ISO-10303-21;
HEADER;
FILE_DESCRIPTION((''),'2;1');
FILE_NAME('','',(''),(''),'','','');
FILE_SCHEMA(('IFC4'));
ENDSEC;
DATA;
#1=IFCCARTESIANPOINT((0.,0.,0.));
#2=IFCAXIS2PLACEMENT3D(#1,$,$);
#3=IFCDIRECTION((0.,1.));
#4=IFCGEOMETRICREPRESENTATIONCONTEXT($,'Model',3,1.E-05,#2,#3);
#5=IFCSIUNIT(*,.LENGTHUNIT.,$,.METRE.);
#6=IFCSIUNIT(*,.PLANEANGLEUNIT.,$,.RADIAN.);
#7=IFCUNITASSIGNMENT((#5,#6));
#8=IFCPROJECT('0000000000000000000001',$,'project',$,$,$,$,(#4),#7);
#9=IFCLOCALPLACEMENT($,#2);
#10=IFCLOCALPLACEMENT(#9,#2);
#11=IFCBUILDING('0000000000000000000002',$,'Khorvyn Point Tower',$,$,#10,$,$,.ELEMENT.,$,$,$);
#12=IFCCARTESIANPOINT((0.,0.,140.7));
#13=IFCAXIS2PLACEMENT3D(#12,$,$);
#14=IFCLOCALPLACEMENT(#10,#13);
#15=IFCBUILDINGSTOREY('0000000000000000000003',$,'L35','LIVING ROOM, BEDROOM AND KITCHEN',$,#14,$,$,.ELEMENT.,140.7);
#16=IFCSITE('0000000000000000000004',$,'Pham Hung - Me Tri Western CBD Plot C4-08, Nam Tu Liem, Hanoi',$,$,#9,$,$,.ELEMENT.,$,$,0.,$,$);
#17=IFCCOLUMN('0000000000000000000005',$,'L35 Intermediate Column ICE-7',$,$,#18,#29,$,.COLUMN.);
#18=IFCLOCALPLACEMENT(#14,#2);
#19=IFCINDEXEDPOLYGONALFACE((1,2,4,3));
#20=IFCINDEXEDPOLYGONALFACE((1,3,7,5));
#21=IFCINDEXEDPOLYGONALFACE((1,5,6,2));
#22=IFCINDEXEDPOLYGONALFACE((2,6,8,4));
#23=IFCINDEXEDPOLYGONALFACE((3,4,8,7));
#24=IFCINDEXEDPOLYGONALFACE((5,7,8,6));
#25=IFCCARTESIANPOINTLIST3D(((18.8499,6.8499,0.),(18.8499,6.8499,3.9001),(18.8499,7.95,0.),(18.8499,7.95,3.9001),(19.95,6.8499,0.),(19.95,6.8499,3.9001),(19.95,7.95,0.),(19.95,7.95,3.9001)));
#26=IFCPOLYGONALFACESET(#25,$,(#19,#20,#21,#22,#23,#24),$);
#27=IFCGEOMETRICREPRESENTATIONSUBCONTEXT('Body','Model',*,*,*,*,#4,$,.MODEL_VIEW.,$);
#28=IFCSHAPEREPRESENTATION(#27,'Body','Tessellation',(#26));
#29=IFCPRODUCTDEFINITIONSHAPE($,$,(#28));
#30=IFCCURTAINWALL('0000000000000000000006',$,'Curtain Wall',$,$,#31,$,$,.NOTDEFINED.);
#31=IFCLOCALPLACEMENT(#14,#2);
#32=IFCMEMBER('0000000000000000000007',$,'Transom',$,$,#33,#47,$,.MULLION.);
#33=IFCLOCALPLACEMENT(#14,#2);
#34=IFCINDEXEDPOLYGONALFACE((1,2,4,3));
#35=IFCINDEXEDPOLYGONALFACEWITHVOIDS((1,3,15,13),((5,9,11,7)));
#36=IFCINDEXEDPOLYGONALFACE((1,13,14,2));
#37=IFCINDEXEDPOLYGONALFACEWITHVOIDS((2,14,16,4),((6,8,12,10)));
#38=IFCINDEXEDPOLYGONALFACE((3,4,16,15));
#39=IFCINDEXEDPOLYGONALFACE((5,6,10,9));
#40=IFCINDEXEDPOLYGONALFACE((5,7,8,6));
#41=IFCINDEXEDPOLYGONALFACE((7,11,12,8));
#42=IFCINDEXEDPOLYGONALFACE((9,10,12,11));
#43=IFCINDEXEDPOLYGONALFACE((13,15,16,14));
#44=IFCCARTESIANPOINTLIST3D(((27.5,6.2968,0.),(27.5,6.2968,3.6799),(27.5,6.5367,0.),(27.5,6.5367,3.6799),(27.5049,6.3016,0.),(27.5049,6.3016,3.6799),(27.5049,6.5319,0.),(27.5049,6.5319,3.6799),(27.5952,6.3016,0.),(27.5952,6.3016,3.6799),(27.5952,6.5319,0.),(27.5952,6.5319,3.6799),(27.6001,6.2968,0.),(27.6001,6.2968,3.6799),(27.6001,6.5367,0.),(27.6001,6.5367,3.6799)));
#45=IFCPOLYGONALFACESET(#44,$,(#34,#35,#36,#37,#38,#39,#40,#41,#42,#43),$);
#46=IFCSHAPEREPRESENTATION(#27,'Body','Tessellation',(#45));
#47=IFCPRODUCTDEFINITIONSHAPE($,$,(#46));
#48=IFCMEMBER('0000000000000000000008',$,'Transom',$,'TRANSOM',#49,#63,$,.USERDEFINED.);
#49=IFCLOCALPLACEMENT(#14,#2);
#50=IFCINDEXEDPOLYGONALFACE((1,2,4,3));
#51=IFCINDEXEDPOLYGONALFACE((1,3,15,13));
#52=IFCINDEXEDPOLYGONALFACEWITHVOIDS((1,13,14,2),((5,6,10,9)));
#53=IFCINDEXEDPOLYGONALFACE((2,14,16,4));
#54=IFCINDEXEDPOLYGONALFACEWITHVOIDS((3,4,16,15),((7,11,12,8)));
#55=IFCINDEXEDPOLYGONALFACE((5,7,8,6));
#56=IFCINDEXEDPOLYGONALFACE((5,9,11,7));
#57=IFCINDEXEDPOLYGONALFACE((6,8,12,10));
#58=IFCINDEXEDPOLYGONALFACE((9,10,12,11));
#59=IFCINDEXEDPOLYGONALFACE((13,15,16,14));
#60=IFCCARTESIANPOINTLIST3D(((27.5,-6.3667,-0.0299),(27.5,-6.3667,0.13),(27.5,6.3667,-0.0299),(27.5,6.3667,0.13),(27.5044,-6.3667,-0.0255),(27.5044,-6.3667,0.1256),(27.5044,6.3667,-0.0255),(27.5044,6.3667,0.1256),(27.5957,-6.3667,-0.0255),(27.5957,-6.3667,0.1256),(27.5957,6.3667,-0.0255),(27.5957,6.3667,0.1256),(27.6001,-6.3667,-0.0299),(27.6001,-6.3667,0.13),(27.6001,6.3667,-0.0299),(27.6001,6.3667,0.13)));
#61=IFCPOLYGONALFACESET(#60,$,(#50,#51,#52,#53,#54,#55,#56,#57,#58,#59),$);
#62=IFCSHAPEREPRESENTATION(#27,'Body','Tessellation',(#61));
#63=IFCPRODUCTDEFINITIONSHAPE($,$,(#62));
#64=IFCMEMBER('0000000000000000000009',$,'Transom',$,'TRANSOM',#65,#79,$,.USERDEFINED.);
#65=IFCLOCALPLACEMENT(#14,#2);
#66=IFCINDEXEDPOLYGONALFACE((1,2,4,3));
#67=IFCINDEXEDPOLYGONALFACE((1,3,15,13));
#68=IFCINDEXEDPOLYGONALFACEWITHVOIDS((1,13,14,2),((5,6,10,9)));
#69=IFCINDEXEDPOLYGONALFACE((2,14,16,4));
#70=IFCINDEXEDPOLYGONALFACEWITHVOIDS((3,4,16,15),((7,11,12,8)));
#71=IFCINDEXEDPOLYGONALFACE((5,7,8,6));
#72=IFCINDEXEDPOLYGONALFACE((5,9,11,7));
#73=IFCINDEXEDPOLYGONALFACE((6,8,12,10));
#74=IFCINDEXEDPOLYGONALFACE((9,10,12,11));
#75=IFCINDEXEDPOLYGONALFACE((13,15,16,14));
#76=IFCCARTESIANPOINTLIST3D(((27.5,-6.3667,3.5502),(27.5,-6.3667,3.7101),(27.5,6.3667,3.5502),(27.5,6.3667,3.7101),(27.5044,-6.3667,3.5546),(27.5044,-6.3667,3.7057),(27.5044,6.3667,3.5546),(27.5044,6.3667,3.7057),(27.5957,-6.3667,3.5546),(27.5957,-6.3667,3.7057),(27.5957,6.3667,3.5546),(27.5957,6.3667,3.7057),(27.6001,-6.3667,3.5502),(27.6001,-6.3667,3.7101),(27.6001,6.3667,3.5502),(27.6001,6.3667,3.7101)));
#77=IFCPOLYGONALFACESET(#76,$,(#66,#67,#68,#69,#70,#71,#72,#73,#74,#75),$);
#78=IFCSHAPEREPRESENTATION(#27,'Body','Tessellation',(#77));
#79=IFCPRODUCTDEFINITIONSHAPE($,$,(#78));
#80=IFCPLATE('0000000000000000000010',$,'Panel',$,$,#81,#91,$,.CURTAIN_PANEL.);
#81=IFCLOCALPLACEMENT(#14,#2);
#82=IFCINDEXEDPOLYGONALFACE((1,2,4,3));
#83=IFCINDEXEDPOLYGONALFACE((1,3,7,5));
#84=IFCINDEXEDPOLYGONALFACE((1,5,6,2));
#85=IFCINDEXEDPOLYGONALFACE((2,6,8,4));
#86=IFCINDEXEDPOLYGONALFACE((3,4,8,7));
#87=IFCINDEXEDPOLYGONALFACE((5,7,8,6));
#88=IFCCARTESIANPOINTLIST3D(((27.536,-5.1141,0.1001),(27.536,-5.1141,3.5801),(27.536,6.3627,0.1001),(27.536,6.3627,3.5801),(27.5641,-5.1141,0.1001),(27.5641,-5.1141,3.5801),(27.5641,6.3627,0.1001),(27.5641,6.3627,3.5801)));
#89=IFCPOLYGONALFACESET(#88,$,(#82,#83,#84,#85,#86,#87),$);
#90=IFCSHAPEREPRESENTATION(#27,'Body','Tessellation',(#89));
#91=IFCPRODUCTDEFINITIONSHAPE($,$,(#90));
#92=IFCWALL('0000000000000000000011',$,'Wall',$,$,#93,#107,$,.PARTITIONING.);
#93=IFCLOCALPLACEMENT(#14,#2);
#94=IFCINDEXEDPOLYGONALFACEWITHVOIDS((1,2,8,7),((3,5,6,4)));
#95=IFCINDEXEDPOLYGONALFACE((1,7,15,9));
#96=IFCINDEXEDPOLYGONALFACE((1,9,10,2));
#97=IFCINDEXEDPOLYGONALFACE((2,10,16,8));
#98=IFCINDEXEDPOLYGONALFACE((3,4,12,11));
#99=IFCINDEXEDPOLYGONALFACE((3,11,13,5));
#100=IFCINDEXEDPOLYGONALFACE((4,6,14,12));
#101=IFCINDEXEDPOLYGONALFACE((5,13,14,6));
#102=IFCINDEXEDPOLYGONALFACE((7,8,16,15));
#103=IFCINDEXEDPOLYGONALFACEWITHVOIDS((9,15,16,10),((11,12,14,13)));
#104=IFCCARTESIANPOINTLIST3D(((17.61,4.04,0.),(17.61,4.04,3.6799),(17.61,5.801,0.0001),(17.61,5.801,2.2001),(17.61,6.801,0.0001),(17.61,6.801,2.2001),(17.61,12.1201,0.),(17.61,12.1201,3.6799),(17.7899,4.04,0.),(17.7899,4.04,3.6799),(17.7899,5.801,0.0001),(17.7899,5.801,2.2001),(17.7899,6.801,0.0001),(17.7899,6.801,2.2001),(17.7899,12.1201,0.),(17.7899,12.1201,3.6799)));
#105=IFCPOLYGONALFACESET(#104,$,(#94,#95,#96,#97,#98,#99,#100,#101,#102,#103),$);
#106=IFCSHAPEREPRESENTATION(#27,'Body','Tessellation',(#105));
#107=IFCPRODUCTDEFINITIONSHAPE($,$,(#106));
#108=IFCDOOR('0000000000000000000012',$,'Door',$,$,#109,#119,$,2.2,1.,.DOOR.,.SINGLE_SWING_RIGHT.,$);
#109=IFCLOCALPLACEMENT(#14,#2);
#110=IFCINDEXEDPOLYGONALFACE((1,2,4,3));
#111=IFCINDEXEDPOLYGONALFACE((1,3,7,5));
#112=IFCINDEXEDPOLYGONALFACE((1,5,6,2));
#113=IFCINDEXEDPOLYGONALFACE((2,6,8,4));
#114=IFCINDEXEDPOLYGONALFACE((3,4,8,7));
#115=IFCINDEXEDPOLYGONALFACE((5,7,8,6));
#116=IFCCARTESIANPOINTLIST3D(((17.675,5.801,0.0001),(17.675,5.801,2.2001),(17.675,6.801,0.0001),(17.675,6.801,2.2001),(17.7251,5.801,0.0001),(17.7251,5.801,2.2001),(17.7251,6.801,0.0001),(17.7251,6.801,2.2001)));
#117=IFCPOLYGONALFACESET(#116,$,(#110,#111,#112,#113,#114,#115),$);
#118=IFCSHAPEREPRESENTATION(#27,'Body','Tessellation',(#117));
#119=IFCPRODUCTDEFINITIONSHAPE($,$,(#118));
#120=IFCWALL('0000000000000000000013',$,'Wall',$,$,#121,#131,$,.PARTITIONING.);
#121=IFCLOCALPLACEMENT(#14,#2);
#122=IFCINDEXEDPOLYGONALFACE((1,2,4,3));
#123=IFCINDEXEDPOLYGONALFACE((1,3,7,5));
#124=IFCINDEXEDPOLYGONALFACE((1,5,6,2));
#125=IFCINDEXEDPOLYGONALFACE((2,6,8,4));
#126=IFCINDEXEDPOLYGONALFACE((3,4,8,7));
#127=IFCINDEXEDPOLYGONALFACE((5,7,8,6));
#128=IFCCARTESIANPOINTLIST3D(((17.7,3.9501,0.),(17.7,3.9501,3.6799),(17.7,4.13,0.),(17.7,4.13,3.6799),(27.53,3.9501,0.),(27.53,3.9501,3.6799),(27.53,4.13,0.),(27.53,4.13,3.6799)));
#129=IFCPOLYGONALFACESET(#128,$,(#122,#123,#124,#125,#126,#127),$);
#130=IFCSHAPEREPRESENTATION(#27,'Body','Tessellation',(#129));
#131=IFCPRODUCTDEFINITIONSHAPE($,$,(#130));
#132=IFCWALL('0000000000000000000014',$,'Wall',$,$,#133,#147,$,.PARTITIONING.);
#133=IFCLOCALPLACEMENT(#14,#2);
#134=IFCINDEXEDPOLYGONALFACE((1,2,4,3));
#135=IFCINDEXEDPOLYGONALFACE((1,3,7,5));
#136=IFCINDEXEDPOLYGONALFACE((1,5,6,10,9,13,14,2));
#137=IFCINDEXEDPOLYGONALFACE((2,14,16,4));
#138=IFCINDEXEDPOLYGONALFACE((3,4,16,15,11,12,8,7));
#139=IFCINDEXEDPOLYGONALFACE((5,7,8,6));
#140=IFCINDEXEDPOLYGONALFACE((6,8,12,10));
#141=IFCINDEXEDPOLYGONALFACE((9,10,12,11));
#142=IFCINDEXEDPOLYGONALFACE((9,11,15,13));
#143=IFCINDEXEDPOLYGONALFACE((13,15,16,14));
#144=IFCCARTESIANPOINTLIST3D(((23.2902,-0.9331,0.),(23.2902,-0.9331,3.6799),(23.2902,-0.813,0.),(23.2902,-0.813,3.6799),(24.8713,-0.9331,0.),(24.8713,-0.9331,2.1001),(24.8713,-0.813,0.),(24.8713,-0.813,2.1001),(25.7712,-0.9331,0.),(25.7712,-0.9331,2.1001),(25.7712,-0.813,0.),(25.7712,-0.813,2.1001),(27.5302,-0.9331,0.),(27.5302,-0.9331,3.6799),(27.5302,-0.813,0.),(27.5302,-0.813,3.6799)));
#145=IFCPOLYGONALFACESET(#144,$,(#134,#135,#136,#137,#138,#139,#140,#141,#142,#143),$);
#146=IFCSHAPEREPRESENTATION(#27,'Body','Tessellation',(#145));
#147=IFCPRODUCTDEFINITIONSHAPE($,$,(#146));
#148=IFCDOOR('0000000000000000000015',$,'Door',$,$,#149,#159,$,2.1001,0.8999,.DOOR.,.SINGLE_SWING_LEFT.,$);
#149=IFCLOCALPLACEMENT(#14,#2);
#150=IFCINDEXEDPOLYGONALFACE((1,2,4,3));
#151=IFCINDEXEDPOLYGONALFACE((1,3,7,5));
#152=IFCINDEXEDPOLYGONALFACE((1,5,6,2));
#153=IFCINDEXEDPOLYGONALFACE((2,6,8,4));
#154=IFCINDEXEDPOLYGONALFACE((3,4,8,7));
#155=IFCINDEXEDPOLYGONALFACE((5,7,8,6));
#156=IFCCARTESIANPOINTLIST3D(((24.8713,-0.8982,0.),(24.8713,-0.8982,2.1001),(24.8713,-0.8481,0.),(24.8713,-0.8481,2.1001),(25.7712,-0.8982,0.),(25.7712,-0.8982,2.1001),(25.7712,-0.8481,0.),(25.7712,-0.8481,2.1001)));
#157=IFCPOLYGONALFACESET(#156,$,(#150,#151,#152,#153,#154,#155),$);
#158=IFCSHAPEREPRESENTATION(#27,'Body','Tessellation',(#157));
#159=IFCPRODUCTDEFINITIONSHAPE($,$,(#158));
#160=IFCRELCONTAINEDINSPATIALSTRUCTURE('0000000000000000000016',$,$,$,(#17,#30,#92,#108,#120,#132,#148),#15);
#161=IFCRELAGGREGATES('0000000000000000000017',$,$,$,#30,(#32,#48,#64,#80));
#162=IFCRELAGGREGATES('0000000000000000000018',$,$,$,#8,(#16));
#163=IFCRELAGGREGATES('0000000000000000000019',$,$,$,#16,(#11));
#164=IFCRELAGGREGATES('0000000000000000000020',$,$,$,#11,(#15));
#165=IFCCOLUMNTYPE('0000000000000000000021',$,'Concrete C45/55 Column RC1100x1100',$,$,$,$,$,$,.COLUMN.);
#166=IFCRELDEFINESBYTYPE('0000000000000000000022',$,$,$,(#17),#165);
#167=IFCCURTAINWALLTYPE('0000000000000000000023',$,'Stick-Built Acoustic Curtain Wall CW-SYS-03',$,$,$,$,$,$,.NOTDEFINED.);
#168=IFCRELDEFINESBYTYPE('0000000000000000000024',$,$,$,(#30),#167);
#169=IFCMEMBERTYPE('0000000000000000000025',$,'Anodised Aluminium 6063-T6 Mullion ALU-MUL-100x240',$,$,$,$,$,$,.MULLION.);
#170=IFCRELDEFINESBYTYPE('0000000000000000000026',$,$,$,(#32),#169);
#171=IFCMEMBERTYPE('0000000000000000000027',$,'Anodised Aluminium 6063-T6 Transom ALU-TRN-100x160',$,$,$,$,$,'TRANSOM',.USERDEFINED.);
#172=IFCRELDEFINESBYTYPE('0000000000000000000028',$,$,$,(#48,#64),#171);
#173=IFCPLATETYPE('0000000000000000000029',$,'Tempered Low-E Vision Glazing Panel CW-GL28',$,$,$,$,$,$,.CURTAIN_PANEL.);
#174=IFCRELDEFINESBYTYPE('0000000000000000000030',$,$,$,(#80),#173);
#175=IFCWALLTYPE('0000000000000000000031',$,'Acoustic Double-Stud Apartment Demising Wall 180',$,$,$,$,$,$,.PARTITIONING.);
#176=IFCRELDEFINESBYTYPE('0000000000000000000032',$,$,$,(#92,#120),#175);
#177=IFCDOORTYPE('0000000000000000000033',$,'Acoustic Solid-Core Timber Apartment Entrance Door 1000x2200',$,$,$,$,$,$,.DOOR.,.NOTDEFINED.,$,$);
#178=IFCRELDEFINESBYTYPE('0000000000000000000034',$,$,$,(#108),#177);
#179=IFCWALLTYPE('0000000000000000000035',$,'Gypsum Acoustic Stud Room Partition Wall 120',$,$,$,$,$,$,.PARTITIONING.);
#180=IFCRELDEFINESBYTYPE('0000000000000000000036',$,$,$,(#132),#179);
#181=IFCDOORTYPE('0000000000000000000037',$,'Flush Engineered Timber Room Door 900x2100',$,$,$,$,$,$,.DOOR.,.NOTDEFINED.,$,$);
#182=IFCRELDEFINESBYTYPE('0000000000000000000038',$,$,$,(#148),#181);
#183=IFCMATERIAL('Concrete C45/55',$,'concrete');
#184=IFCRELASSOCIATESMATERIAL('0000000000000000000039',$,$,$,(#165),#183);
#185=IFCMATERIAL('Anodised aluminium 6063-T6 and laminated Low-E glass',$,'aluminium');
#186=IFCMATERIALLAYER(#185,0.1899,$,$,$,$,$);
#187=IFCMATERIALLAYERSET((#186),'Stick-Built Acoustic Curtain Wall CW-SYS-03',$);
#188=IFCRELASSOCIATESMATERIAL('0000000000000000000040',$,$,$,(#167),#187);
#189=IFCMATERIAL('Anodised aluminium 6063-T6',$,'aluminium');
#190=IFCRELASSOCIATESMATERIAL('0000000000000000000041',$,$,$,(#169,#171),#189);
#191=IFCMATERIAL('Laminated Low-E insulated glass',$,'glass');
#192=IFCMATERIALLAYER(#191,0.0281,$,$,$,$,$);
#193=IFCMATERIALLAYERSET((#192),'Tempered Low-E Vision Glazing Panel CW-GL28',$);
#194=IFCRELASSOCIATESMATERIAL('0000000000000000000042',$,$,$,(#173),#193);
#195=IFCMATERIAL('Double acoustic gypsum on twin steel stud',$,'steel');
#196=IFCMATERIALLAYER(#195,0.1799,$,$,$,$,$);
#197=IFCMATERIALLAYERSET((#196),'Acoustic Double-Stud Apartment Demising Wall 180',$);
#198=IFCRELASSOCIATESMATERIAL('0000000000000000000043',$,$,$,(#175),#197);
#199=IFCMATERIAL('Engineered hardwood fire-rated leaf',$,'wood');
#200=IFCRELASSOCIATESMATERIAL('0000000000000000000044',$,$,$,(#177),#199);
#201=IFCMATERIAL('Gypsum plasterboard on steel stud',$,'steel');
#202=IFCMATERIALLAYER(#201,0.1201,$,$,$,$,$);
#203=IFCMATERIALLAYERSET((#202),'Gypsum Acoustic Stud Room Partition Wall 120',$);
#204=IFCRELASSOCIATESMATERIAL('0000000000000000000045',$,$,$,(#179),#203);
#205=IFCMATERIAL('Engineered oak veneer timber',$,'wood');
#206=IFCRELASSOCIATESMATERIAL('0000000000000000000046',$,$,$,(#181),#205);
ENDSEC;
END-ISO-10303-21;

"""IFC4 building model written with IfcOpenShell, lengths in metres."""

from ifc_helpers import new_model, si_unit, direction, frame, frame_2d, origin, origin_2d, place, context, subcontext, project, spatial, rectangle, hollow_rectangle, extrude, material, layer, layer_set, material_profile, profile_set, type_object, element, fill, aggregate, save


model = new_model("IFC4")

# Units and contexts
model_context = context("Model", 3, precision=1e-05, world=origin(), true_north=direction((0.0, 1.0)))
body_context = subcontext(model_context, "Body", "Model", "MODEL_VIEW")
ifc_project = project(units=[si_unit("LENGTHUNIT", "METRE"), si_unit("PLANEANGLEUNIT", "RADIAN")], contexts=[model_context])

# Site, building, storey
site_placement = place(None, origin())
site = spatial("IfcSite", under=ifc_project, at=site_placement, Name="Pham Hung - Me Tri Western CBD Plot C4-08, Nam Tu Liem, Hanoi", CompositionType="ELEMENT", RefElevation=0.0)
building_placement = place(site_placement, origin())
building = spatial("IfcBuilding", under=site, at=building_placement, Name="Khorvyn Point Tower", CompositionType="ELEMENT")
storey_placement = place(building_placement, frame((0.0, 0.0, 140.7)))
storey = spatial("IfcBuildingStorey", under=building, at=storey_placement, Name="L35", Description="LIVING ROOM, BEDROOM AND KITCHEN", CompositionType="ELEMENT", Elevation=140.7)

# Column
ifc_material_1 = material(Name="Concrete C45/55", Category="concrete")
ifc_material_profile_1 = material_profile(ifc_material_1, rectangle(XDim=1.1001, YDim=1.1001, at=origin_2d()))
ifc_profile_set_1 = profile_set([ifc_material_profile_1], Name="Concrete C45/55 RC1100x1100")
column_type = type_object("IfcColumnType", Name="Concrete C45/55 Column RC1100x1100", PredefinedType="COLUMN", material=ifc_profile_set_1)
column_placement = place(storey_placement, frame((19.3999, 7.3999, 0.0), z_axis=(0.0, 0.0, 1.0), x_axis=(1.0, 0.0, 0.0)))
element("IfcColumn", 1, at=column_placement, inside=storey, type_object=column_type, Name="L35 Intermediate Column ICE-7", PredefinedType="COLUMN", context=body_context, shape_type="SweptSolid", body=[
    extrude(rectangle(XDim=1.1001, YDim=1.1001, at=origin_2d()), origin(), (0.0, 0.0, 1.0), 3.9001),
])

# Curtain wall, members, plate
ifc_material_2 = material(Name="Anodised aluminium 6063-T6 and laminated Low-E glass", Category="aluminium")
ifc_layer_1 = layer(ifc_material_2, 0.1899)
ifc_layer_set_1 = layer_set([ifc_layer_1], Name="Stick-Built Acoustic Curtain Wall CW-SYS-03")
curtain_wall_type = type_object("IfcCurtainWallType", Name="Stick-Built Acoustic Curtain Wall CW-SYS-03", PredefinedType="NOTDEFINED", material=ifc_layer_set_1)
curtain_wall_placement = place(storey_placement, origin())
curtain_wall = element("IfcCurtainWall", 2, at=curtain_wall_placement, inside=storey, type_object=curtain_wall_type, Name="Curtain Wall", PredefinedType="NOTDEFINED")
ifc_material_3 = material(Name="Anodised aluminium 6063-T6", Category="aluminium")
ifc_material_profile_2 = material_profile(ifc_material_3, hollow_rectangle(XDim=0.1001, YDim=0.24, WallThickness=0.0049, at=origin_2d()))
ifc_profile_set_2 = profile_set([ifc_material_profile_2], Name="Anodised aluminium 6063-T6 ALU-MUL-100x240")
member_type_1 = type_object("IfcMemberType", Name="Anodised Aluminium 6063-T6 Mullion ALU-MUL-100x240", PredefinedType="MULLION", material=ifc_profile_set_2)
member_1_placement = place(storey_placement, frame((27.55, 6.4167, 0.0), z_axis=(0.0, 0.0, 1.0), x_axis=(1.0, 0.0, 0.0)))
member_1 = element("IfcMember", 3, at=member_1_placement, type_object=member_type_1, Name="Transom", PredefinedType="MULLION", context=body_context, shape_type="SweptSolid", body=[
    extrude(hollow_rectangle(XDim=0.1001, YDim=0.24, WallThickness=0.0049, at=origin_2d()), origin(), (0.0, 0.0, 1.0), 3.6799),
])
ifc_material_profile_3 = material_profile(ifc_material_3, hollow_rectangle(XDim=0.1001, YDim=0.1599, WallThickness=0.0044, at=origin_2d()))
ifc_profile_set_3 = profile_set([ifc_material_profile_3], Name="Anodised aluminium 6063-T6 ALU-TRN-100x160")
member_type_2 = type_object("IfcMemberType", Name="Anodised Aluminium 6063-T6 Transom ALU-TRN-100x160", ElementType="TRANSOM", PredefinedType="USERDEFINED", material=ifc_profile_set_3)
member_2_placement = place(storey_placement, frame((27.55, 6.3667, 0.05), z_axis=(0.0, -1.0, 0.0), x_axis=(1.0, 0.0, 0.0)))
member_2 = element("IfcMember", 4, at=member_2_placement, type_object=member_type_2, Name="Transom", ObjectType="TRANSOM", PredefinedType="USERDEFINED", context=body_context, shape_type="SweptSolid", body=[
    extrude(hollow_rectangle(XDim=0.1001, YDim=0.1599, WallThickness=0.0044, at=origin_2d()), origin(), (0.0, 0.0, 1.0), 12.7334),
])
member_3_placement = place(storey_placement, frame((27.55, 6.3667, 3.6301), z_axis=(0.0, -1.0, 0.0), x_axis=(1.0, 0.0, 0.0)))
member_3 = element("IfcMember", 5, at=member_3_placement, type_object=member_type_2, Name="Transom", ObjectType="TRANSOM", PredefinedType="USERDEFINED", context=body_context, shape_type="SweptSolid", body=[
    extrude(hollow_rectangle(XDim=0.1001, YDim=0.1599, WallThickness=0.0044, at=origin_2d()), origin(), (0.0, 0.0, 1.0), 12.7334),
])
ifc_material_4 = material(Name="Laminated Low-E insulated glass", Category="glass")
ifc_layer_2 = layer(ifc_material_4, 0.0281)
ifc_layer_set_2 = layer_set([ifc_layer_2], Name="Tempered Low-E Vision Glazing Panel CW-GL28")
plate_type = type_object("IfcPlateType", Name="Tempered Low-E Vision Glazing Panel CW-GL28", PredefinedType="CURTAIN_PANEL", material=ifc_layer_set_2)
plate_placement = place(storey_placement, frame((27.55, 0.6243, 0.1001), z_axis=(0.0, 0.0, 1.0), x_axis=(0.0, -1.0, 0.0)))
plate = element("IfcPlate", 6, at=plate_placement, type_object=plate_type, Name="Panel", PredefinedType="CURTAIN_PANEL", context=body_context, shape_type="SweptSolid", body=[
    extrude(rectangle(XDim=11.4768, YDim=0.0281, at=origin_2d()), origin(), (0.0, 0.0, 1.0), 3.48),
])
aggregate(curtain_wall, [member_1, member_2, member_3, plate])

# Wall, opening, door
ifc_material_5 = material(Name="Double acoustic gypsum on twin steel stud", Category="steel")
ifc_layer_3 = layer(ifc_material_5, 0.1799)
ifc_layer_set_3 = layer_set([ifc_layer_3], Name="Acoustic Double-Stud Apartment Demising Wall 180")
wall_type_1 = type_object("IfcWallType", Name="Acoustic Double-Stud Apartment Demising Wall 180", PredefinedType="PARTITIONING", material=ifc_layer_set_3)
wall_1_placement = place(storey_placement, frame((17.7, 4.04, 0.0), z_axis=(0.0, 0.0, 1.0), x_axis=(0.0, 1.0, 0.0)))
wall_1 = element("IfcWall", 7, at=wall_1_placement, inside=storey, type_object=wall_type_1, Name="Wall", PredefinedType="PARTITIONING", context=body_context, shape_type="SweptSolid", body=[
    extrude(rectangle(XDim=8.0801, YDim=0.1799, at=frame_2d((4.04, 0.0))), origin(), (0.0, 0.0, 1.0), 3.6799),
])
opening_1_placement = place(wall_1_placement, frame((1.761, 0.0, 0.0)))
opening_1 = element("IfcOpeningElement", 8, at=opening_1_placement, cuts=wall_1, PredefinedType="OPENING", context=body_context, shape_type="SweptSolid", body=[
    extrude(rectangle(XDim=1.0, YDim=2.2, at=frame_2d((0.5, 1.1001))), frame((0.0, 0.0999, 0.0), z_axis=(0.0, -1.0, 0.0), x_axis=(1.0, 0.0, 0.0)), (0.0, 0.0, 1.0), 0.2),
])
ifc_material_6 = material(Name="Engineered hardwood fire-rated leaf", Category="wood")
door_type_1 = type_object("IfcDoorType", Name="Acoustic Solid-Core Timber Apartment Entrance Door 1000x2200", OperationType="NOTDEFINED", PredefinedType="DOOR", material=ifc_material_6)
door_1_placement = place(opening_1_placement, origin())
door_1 = element("IfcDoor", 9, at=door_1_placement, inside=storey, type_object=door_type_1, Name="Door", OperationType="SINGLE_SWING_RIGHT", OverallHeight=2.2, OverallWidth=1.0, PredefinedType="DOOR", context=body_context, shape_type="SweptSolid", body=[
    extrude(rectangle(XDim=1.0, YDim=2.2, at=frame_2d((0.5, 1.1001))), frame((0.0, 0.0249, 0.0), z_axis=(0.0, -1.0, 0.0), x_axis=(1.0, 0.0, 0.0)), (0.0, 0.0, 1.0), 0.05),
])
fill(opening_1, door_1)

# Wall
wall_2_placement = place(storey_placement, frame((17.7, 4.04, 0.0), z_axis=(0.0, 0.0, 1.0), x_axis=(1.0, 0.0, 0.0)))
element("IfcWall", 10, at=wall_2_placement, inside=storey, type_object=wall_type_1, Name="Wall", PredefinedType="PARTITIONING", context=body_context, shape_type="SweptSolid", body=[
    extrude(rectangle(XDim=9.8301, YDim=0.1799, at=frame_2d((4.915, 0.0))), origin(), (0.0, 0.0, 1.0), 3.6799),
])

# Wall, opening, door
ifc_material_7 = material(Name="Gypsum plasterboard on steel stud", Category="steel")
ifc_layer_4 = layer(ifc_material_7, 0.1201)
ifc_layer_set_4 = layer_set([ifc_layer_4], Name="Gypsum Acoustic Stud Room Partition Wall 120")
wall_type_2 = type_object("IfcWallType", Name="Gypsum Acoustic Stud Room Partition Wall 120", PredefinedType="PARTITIONING", material=ifc_layer_set_4)
wall_3_placement = place(storey_placement, frame((23.29, -0.873, 0.0), z_axis=(0.0, 0.0, 1.0), x_axis=(1.0, 0.0, 0.0)))
wall_3 = element("IfcWall", 11, at=wall_3_placement, inside=storey, type_object=wall_type_2, Name="Wall", PredefinedType="PARTITIONING", context=body_context, shape_type="SweptSolid", body=[
    extrude(rectangle(XDim=4.24, YDim=0.1201, at=frame_2d((2.1201, 0.0))), origin(), (0.0, 0.0, 1.0), 3.6799),
])
opening_2_placement = place(wall_3_placement, frame((1.5813, 0.0, 0.0)))
opening_2 = element("IfcOpeningElement", 12, at=opening_2_placement, cuts=wall_3, PredefinedType="OPENING", context=body_context, shape_type="SweptSolid", body=[
    extrude(rectangle(XDim=0.8999, YDim=2.1001, at=frame_2d((0.45, 1.05))), frame((0.0, 0.0701, 0.0), z_axis=(0.0, -1.0, 0.0), x_axis=(1.0, 0.0, 0.0)), (0.0, 0.0, 1.0), 0.1401),
])
ifc_material_8 = material(Name="Engineered oak veneer timber", Category="wood")
door_type_2 = type_object("IfcDoorType", Name="Flush Engineered Timber Room Door 900x2100", OperationType="NOTDEFINED", PredefinedType="DOOR", material=ifc_material_8)
door_2_placement = place(opening_2_placement, origin())
door_2 = element("IfcDoor", 13, at=door_2_placement, inside=storey, type_object=door_type_2, Name="Door", OperationType="SINGLE_SWING_LEFT", OverallHeight=2.1001, OverallWidth=0.8999, PredefinedType="DOOR", context=body_context, shape_type="SweptSolid", body=[
    extrude(rectangle(XDim=0.8999, YDim=2.1001, at=frame_2d((0.45, 1.05))), frame((0.0, 0.0249, 0.0), z_axis=(0.0, -1.0, 0.0), x_axis=(1.0, 0.0, 0.0)), (0.0, 0.0, 1.0), 0.05),
])
fill(opening_2, door_2)

save(model, "model.ifc")
